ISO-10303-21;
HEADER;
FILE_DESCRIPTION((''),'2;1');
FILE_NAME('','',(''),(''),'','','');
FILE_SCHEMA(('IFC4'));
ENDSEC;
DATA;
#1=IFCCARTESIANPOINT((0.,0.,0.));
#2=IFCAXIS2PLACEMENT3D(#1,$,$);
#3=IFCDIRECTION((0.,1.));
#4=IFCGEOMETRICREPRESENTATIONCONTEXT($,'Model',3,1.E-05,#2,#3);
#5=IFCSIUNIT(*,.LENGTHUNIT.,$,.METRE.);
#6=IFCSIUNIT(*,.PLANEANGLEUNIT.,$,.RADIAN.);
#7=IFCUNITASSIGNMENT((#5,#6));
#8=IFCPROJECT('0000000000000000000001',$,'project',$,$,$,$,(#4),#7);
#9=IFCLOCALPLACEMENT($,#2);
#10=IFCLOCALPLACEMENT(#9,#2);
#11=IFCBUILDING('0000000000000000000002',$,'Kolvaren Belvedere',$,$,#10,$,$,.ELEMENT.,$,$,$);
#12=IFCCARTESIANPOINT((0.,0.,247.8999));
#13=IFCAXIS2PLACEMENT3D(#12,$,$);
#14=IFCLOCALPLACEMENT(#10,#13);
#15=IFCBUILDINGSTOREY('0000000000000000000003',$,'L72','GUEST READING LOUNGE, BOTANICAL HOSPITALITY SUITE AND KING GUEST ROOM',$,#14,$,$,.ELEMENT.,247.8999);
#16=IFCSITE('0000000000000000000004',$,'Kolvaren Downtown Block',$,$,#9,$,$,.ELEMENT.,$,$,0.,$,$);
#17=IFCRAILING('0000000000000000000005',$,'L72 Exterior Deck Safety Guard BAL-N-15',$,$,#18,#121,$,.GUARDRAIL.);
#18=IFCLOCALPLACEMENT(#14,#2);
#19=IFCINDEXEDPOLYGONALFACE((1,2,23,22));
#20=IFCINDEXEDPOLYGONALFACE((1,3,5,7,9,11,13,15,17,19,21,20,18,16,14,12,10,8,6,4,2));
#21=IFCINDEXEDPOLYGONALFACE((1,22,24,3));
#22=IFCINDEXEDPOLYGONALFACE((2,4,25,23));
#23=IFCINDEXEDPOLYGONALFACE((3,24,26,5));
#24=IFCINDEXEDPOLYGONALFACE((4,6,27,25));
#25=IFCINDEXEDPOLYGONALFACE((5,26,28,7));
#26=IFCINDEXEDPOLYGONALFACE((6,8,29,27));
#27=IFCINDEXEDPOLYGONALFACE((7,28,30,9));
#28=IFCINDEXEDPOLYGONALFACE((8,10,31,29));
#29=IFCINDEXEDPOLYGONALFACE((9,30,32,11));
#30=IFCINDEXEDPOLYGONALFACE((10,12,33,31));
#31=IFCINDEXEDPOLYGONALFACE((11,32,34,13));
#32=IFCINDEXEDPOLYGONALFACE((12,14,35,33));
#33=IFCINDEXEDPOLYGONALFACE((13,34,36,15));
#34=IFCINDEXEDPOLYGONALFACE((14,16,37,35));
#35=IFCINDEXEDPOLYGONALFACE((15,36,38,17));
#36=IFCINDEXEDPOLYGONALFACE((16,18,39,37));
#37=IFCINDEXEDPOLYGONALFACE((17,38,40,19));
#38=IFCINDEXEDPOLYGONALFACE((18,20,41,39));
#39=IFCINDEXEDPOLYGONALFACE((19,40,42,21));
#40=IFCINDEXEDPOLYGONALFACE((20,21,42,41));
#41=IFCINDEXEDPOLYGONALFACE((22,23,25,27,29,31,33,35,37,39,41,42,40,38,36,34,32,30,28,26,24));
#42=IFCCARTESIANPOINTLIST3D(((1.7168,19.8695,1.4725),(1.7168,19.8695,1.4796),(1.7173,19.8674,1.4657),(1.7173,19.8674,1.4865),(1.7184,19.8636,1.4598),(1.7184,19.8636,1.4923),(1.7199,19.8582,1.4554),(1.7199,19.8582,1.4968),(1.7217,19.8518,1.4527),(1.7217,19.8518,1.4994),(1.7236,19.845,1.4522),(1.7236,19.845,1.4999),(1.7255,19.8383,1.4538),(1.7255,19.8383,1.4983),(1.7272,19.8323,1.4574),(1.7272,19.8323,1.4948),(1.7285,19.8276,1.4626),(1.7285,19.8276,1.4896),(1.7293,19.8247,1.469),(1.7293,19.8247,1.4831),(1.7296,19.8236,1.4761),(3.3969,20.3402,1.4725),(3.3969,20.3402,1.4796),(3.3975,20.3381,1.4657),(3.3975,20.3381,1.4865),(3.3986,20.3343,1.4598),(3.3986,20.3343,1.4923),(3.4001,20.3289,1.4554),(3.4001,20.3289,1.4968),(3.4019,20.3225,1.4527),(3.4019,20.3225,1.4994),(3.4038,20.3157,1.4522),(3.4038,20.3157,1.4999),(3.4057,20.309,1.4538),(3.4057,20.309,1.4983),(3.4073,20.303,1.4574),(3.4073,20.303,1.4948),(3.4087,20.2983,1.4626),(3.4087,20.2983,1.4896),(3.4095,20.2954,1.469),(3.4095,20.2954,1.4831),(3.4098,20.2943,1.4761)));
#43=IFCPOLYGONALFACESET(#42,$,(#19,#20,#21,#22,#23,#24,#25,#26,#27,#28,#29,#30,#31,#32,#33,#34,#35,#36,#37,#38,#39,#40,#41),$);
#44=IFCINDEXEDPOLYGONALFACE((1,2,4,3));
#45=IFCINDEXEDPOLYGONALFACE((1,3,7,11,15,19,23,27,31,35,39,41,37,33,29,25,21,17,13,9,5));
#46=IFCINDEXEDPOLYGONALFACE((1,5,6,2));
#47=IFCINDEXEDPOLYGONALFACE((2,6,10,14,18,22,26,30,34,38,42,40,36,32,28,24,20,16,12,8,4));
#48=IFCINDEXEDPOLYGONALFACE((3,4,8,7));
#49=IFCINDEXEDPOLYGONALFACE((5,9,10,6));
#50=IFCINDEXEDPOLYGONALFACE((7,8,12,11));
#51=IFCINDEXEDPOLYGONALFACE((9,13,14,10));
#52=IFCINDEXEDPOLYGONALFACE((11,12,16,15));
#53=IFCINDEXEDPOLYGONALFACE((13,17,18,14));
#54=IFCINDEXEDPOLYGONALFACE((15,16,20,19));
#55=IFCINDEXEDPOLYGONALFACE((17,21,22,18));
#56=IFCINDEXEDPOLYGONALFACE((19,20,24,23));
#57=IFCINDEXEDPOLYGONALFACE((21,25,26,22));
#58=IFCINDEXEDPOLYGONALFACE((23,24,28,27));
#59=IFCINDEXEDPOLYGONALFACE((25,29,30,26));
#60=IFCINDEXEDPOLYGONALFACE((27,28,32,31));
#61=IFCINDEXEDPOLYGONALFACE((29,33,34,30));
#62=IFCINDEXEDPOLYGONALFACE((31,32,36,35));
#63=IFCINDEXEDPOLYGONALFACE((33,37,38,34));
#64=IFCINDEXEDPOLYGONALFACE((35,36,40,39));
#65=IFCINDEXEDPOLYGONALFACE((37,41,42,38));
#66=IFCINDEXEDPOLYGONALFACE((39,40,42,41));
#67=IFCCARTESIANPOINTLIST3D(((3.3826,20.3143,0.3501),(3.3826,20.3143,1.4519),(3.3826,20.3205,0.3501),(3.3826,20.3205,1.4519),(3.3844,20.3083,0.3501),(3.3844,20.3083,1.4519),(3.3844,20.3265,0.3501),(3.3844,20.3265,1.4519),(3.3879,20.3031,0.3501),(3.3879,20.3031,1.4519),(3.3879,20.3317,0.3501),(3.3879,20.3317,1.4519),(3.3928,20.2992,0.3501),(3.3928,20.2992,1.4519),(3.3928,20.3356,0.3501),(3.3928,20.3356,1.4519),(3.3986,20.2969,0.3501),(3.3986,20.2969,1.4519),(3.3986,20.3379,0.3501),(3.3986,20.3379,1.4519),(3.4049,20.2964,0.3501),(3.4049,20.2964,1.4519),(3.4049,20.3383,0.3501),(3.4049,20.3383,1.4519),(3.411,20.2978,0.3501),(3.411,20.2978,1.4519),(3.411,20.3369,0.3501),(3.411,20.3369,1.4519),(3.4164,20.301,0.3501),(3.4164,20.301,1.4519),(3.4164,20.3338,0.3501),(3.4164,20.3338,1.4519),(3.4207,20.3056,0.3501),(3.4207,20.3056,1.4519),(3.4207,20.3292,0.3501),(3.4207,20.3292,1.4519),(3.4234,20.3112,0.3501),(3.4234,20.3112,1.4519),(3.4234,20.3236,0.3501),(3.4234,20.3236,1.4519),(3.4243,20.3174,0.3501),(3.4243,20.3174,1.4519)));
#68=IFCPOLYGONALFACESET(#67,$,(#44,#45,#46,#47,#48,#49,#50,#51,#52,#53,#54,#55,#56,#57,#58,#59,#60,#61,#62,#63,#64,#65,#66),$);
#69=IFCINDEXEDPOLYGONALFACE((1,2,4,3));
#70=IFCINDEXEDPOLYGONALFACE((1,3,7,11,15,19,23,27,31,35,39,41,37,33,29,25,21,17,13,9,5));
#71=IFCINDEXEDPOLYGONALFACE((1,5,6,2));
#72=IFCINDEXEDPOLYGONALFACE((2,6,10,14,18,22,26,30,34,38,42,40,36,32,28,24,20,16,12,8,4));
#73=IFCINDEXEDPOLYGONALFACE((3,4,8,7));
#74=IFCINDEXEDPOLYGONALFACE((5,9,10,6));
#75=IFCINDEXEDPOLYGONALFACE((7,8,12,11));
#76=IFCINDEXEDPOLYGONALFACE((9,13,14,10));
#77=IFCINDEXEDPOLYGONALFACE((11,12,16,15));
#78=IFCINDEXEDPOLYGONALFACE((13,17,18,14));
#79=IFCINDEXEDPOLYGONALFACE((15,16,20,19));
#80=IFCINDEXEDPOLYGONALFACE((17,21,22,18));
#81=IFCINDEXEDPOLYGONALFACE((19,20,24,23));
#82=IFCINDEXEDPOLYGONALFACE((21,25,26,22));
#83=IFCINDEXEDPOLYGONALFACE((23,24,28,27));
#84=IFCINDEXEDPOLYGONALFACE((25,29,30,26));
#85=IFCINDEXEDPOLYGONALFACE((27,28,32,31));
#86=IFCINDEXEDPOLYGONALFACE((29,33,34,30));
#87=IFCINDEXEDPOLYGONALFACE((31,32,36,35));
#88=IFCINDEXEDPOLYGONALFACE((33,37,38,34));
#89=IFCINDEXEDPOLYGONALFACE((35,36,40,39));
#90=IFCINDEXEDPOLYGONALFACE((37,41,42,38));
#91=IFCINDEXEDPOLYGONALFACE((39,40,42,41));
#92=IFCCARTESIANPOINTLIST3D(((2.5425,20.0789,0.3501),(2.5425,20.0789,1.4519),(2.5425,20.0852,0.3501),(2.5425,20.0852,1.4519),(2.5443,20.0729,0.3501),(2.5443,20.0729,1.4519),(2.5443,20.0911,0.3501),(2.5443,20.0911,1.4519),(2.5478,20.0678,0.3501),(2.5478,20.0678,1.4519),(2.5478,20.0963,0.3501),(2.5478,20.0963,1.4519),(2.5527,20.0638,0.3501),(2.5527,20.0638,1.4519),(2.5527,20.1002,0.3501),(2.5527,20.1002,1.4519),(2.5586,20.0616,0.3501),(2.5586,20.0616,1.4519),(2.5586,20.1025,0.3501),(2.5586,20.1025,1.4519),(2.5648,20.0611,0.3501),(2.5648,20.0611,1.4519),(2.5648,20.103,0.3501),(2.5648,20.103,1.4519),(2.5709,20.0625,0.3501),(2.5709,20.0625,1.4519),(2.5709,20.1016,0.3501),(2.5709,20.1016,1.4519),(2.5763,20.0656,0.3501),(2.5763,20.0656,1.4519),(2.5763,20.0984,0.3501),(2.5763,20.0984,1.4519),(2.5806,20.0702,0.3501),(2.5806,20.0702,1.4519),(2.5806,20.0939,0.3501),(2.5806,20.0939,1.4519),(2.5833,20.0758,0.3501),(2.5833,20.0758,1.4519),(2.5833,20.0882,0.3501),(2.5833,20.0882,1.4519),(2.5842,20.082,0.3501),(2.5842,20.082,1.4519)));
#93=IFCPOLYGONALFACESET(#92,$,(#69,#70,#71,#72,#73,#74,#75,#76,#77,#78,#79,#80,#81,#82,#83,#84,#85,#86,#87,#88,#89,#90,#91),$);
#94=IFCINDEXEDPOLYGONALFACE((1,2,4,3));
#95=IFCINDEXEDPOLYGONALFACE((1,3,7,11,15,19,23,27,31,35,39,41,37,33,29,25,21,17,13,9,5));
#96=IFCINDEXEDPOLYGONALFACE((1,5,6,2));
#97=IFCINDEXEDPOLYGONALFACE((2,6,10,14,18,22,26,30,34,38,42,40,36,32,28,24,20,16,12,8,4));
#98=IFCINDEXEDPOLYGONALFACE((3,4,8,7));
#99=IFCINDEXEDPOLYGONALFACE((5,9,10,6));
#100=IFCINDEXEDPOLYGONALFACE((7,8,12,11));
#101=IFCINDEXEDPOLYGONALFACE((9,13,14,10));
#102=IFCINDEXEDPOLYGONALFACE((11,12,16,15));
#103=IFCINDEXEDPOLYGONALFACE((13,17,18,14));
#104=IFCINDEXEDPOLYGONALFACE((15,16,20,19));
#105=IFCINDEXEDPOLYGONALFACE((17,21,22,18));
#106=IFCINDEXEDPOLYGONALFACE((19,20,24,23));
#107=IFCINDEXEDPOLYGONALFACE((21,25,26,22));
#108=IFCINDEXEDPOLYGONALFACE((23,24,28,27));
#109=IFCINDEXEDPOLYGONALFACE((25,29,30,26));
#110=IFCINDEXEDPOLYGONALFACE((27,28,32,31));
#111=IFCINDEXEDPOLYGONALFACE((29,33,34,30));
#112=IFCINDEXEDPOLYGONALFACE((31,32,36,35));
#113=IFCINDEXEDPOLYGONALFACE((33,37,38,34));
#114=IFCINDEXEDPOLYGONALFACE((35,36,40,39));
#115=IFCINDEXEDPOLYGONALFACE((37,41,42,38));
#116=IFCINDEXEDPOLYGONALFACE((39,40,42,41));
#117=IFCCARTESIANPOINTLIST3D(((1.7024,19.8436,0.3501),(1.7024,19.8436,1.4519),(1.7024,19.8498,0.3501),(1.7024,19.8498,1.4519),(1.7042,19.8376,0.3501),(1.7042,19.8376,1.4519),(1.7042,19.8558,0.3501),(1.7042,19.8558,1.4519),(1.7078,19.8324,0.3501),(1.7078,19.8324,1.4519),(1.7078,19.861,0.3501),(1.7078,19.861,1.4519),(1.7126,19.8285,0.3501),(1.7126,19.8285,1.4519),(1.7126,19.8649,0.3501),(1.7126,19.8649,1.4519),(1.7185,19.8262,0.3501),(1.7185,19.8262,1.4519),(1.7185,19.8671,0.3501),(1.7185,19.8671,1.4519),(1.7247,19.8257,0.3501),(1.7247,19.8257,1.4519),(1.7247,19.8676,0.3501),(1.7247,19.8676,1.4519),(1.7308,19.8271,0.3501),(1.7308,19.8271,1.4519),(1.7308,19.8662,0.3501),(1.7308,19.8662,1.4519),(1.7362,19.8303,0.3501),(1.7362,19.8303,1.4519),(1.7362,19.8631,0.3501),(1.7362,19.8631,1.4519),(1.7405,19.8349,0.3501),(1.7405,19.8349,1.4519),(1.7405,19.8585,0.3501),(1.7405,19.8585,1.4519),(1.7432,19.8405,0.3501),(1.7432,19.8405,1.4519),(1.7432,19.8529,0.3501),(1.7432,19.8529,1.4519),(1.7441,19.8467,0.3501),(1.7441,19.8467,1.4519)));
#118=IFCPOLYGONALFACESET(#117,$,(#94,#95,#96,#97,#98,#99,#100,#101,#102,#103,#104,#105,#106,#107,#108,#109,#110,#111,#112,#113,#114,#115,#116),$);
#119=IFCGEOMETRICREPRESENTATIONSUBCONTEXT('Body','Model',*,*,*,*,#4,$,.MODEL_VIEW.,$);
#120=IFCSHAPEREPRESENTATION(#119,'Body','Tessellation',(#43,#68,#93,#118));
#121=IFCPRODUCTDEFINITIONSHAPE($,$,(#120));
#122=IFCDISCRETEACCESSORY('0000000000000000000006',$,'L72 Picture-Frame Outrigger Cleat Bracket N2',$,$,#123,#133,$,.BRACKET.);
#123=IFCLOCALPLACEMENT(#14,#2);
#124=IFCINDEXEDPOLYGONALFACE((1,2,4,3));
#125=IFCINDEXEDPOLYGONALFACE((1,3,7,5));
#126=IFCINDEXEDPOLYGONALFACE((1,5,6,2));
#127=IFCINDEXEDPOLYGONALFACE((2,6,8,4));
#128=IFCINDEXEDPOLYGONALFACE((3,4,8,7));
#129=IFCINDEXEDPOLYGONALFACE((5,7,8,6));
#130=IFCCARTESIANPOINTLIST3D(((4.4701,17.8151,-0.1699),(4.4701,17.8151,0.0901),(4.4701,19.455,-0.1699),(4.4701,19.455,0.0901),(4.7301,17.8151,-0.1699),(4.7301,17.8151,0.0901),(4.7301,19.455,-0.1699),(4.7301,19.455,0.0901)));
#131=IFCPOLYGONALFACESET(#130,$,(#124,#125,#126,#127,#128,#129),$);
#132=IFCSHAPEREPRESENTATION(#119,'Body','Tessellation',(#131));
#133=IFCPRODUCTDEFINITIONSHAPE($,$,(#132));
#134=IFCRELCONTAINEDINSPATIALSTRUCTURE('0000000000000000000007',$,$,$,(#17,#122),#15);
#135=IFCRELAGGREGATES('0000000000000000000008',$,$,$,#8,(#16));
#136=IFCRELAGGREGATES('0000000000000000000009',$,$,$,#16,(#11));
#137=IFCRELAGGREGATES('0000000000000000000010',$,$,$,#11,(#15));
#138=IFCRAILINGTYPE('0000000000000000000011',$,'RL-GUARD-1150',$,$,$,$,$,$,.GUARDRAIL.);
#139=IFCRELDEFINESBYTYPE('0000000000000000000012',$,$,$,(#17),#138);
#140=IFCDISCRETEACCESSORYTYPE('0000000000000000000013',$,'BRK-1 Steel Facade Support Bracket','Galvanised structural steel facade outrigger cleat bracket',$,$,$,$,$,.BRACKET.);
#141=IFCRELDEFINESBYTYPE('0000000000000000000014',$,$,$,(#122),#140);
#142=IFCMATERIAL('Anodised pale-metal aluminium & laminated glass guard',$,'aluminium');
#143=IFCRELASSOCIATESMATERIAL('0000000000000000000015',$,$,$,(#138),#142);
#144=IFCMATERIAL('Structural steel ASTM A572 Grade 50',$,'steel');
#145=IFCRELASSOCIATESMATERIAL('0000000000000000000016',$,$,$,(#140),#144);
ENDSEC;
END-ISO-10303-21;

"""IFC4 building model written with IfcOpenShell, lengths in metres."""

from ifc_helpers import new_model, si_unit, direction, frame, origin, origin_2d, place, context, subcontext, project, spatial, rectangle, circle, extrude, material, type_object, element, save


model = new_model("IFC4")

# Units and contexts
model_context = context("Model", 3, precision=1e-05, world=origin(), true_north=direction((0.0, 1.0)))
body_context = subcontext(model_context, "Body", "Model", "MODEL_VIEW")
ifc_project = project(units=[si_unit("LENGTHUNIT", "METRE"), si_unit("PLANEANGLEUNIT", "RADIAN")], contexts=[model_context])

# Site, building, storey
site_placement = place(None, origin())
site = spatial("IfcSite", under=ifc_project, at=site_placement, Name="Kolvaren Downtown Block", CompositionType="ELEMENT", RefElevation=0.0)
building_placement = place(site_placement, origin())
building = spatial("IfcBuilding", under=site, at=building_placement, Name="Kolvaren Belvedere", CompositionType="ELEMENT")
storey_placement = place(building_placement, frame((0.0, 0.0, 247.8999)))
storey = spatial("IfcBuildingStorey", under=building, at=storey_placement, Name="L72", Description="GUEST READING LOUNGE, BOTANICAL HOSPITALITY SUITE AND KING GUEST ROOM", CompositionType="ELEMENT", Elevation=247.8999)

# Railing
ifc_material_1 = material(Name="Anodised pale-metal aluminium & laminated glass guard", Category="aluminium")
railing_type = type_object("IfcRailingType", Name="RL-GUARD-1150", PredefinedType="GUARDRAIL", material=ifc_material_1)
railing_1_placement = place(storey_placement, frame((3.4033, 20.3174, 0.3501)))
element("IfcRailing", 1, at=railing_1_placement, inside=storey, type_object=railing_type, Name="L72 Exterior Deck Safety Guard BAL-N-15", PredefinedType="GUARDRAIL", context=body_context, shape_type="SweptSolid", body=[
    extrude(circle(Radius=0.0239, at=origin_2d()), frame((0.0, 0.0, 1.126), z_axis=(-0.962926, -0.269765, 0.0), x_axis=(0.269765, -0.962926, 0.0)), (0.0, 0.0, 1.0), 1.7449),
    extrude(circle(Radius=0.021, at=origin_2d()), origin(), (0.0, 0.0, 1.0), 1.1018),
    extrude(circle(Radius=0.021, at=origin_2d()), frame((-0.8401, -0.2354, 0.0)), (0.0, 0.0, 1.0), 1.1018),
    extrude(circle(Radius=0.021, at=origin_2d()), frame((-1.6802, -0.4707, 0.0)), (0.0, 0.0, 1.0), 1.1018),
])

# Discrete accessory
ifc_material_2 = material(Name="Structural steel ASTM A572 Grade 50", Category="steel")
discrete_accessory_type = type_object("IfcDiscreteAccessoryType", Name="BRK-1 Steel Facade Support Bracket", Description="Galvanised structural steel facade outrigger cleat bracket", PredefinedType="BRACKET", material=ifc_material_2)
discrete_accessory_placement = place(storey_placement, frame((4.6001, 18.635, -0.1699), z_axis=(0.0, 0.0, 1.0), x_axis=(0.0, 1.0, 0.0)))
element("IfcDiscreteAccessory", 2, at=discrete_accessory_placement, inside=storey, type_object=discrete_accessory_type, Name="L72 Picture-Frame Outrigger Cleat Bracket N2", PredefinedType="BRACKET", context=body_context, shape_type="SweptSolid", body=[
    extrude(rectangle(XDim=1.6399, YDim=0.26, at=origin_2d()), origin(), (0.0, 0.0, 1.0), 0.26),
])

save(model, "model.ifc")
